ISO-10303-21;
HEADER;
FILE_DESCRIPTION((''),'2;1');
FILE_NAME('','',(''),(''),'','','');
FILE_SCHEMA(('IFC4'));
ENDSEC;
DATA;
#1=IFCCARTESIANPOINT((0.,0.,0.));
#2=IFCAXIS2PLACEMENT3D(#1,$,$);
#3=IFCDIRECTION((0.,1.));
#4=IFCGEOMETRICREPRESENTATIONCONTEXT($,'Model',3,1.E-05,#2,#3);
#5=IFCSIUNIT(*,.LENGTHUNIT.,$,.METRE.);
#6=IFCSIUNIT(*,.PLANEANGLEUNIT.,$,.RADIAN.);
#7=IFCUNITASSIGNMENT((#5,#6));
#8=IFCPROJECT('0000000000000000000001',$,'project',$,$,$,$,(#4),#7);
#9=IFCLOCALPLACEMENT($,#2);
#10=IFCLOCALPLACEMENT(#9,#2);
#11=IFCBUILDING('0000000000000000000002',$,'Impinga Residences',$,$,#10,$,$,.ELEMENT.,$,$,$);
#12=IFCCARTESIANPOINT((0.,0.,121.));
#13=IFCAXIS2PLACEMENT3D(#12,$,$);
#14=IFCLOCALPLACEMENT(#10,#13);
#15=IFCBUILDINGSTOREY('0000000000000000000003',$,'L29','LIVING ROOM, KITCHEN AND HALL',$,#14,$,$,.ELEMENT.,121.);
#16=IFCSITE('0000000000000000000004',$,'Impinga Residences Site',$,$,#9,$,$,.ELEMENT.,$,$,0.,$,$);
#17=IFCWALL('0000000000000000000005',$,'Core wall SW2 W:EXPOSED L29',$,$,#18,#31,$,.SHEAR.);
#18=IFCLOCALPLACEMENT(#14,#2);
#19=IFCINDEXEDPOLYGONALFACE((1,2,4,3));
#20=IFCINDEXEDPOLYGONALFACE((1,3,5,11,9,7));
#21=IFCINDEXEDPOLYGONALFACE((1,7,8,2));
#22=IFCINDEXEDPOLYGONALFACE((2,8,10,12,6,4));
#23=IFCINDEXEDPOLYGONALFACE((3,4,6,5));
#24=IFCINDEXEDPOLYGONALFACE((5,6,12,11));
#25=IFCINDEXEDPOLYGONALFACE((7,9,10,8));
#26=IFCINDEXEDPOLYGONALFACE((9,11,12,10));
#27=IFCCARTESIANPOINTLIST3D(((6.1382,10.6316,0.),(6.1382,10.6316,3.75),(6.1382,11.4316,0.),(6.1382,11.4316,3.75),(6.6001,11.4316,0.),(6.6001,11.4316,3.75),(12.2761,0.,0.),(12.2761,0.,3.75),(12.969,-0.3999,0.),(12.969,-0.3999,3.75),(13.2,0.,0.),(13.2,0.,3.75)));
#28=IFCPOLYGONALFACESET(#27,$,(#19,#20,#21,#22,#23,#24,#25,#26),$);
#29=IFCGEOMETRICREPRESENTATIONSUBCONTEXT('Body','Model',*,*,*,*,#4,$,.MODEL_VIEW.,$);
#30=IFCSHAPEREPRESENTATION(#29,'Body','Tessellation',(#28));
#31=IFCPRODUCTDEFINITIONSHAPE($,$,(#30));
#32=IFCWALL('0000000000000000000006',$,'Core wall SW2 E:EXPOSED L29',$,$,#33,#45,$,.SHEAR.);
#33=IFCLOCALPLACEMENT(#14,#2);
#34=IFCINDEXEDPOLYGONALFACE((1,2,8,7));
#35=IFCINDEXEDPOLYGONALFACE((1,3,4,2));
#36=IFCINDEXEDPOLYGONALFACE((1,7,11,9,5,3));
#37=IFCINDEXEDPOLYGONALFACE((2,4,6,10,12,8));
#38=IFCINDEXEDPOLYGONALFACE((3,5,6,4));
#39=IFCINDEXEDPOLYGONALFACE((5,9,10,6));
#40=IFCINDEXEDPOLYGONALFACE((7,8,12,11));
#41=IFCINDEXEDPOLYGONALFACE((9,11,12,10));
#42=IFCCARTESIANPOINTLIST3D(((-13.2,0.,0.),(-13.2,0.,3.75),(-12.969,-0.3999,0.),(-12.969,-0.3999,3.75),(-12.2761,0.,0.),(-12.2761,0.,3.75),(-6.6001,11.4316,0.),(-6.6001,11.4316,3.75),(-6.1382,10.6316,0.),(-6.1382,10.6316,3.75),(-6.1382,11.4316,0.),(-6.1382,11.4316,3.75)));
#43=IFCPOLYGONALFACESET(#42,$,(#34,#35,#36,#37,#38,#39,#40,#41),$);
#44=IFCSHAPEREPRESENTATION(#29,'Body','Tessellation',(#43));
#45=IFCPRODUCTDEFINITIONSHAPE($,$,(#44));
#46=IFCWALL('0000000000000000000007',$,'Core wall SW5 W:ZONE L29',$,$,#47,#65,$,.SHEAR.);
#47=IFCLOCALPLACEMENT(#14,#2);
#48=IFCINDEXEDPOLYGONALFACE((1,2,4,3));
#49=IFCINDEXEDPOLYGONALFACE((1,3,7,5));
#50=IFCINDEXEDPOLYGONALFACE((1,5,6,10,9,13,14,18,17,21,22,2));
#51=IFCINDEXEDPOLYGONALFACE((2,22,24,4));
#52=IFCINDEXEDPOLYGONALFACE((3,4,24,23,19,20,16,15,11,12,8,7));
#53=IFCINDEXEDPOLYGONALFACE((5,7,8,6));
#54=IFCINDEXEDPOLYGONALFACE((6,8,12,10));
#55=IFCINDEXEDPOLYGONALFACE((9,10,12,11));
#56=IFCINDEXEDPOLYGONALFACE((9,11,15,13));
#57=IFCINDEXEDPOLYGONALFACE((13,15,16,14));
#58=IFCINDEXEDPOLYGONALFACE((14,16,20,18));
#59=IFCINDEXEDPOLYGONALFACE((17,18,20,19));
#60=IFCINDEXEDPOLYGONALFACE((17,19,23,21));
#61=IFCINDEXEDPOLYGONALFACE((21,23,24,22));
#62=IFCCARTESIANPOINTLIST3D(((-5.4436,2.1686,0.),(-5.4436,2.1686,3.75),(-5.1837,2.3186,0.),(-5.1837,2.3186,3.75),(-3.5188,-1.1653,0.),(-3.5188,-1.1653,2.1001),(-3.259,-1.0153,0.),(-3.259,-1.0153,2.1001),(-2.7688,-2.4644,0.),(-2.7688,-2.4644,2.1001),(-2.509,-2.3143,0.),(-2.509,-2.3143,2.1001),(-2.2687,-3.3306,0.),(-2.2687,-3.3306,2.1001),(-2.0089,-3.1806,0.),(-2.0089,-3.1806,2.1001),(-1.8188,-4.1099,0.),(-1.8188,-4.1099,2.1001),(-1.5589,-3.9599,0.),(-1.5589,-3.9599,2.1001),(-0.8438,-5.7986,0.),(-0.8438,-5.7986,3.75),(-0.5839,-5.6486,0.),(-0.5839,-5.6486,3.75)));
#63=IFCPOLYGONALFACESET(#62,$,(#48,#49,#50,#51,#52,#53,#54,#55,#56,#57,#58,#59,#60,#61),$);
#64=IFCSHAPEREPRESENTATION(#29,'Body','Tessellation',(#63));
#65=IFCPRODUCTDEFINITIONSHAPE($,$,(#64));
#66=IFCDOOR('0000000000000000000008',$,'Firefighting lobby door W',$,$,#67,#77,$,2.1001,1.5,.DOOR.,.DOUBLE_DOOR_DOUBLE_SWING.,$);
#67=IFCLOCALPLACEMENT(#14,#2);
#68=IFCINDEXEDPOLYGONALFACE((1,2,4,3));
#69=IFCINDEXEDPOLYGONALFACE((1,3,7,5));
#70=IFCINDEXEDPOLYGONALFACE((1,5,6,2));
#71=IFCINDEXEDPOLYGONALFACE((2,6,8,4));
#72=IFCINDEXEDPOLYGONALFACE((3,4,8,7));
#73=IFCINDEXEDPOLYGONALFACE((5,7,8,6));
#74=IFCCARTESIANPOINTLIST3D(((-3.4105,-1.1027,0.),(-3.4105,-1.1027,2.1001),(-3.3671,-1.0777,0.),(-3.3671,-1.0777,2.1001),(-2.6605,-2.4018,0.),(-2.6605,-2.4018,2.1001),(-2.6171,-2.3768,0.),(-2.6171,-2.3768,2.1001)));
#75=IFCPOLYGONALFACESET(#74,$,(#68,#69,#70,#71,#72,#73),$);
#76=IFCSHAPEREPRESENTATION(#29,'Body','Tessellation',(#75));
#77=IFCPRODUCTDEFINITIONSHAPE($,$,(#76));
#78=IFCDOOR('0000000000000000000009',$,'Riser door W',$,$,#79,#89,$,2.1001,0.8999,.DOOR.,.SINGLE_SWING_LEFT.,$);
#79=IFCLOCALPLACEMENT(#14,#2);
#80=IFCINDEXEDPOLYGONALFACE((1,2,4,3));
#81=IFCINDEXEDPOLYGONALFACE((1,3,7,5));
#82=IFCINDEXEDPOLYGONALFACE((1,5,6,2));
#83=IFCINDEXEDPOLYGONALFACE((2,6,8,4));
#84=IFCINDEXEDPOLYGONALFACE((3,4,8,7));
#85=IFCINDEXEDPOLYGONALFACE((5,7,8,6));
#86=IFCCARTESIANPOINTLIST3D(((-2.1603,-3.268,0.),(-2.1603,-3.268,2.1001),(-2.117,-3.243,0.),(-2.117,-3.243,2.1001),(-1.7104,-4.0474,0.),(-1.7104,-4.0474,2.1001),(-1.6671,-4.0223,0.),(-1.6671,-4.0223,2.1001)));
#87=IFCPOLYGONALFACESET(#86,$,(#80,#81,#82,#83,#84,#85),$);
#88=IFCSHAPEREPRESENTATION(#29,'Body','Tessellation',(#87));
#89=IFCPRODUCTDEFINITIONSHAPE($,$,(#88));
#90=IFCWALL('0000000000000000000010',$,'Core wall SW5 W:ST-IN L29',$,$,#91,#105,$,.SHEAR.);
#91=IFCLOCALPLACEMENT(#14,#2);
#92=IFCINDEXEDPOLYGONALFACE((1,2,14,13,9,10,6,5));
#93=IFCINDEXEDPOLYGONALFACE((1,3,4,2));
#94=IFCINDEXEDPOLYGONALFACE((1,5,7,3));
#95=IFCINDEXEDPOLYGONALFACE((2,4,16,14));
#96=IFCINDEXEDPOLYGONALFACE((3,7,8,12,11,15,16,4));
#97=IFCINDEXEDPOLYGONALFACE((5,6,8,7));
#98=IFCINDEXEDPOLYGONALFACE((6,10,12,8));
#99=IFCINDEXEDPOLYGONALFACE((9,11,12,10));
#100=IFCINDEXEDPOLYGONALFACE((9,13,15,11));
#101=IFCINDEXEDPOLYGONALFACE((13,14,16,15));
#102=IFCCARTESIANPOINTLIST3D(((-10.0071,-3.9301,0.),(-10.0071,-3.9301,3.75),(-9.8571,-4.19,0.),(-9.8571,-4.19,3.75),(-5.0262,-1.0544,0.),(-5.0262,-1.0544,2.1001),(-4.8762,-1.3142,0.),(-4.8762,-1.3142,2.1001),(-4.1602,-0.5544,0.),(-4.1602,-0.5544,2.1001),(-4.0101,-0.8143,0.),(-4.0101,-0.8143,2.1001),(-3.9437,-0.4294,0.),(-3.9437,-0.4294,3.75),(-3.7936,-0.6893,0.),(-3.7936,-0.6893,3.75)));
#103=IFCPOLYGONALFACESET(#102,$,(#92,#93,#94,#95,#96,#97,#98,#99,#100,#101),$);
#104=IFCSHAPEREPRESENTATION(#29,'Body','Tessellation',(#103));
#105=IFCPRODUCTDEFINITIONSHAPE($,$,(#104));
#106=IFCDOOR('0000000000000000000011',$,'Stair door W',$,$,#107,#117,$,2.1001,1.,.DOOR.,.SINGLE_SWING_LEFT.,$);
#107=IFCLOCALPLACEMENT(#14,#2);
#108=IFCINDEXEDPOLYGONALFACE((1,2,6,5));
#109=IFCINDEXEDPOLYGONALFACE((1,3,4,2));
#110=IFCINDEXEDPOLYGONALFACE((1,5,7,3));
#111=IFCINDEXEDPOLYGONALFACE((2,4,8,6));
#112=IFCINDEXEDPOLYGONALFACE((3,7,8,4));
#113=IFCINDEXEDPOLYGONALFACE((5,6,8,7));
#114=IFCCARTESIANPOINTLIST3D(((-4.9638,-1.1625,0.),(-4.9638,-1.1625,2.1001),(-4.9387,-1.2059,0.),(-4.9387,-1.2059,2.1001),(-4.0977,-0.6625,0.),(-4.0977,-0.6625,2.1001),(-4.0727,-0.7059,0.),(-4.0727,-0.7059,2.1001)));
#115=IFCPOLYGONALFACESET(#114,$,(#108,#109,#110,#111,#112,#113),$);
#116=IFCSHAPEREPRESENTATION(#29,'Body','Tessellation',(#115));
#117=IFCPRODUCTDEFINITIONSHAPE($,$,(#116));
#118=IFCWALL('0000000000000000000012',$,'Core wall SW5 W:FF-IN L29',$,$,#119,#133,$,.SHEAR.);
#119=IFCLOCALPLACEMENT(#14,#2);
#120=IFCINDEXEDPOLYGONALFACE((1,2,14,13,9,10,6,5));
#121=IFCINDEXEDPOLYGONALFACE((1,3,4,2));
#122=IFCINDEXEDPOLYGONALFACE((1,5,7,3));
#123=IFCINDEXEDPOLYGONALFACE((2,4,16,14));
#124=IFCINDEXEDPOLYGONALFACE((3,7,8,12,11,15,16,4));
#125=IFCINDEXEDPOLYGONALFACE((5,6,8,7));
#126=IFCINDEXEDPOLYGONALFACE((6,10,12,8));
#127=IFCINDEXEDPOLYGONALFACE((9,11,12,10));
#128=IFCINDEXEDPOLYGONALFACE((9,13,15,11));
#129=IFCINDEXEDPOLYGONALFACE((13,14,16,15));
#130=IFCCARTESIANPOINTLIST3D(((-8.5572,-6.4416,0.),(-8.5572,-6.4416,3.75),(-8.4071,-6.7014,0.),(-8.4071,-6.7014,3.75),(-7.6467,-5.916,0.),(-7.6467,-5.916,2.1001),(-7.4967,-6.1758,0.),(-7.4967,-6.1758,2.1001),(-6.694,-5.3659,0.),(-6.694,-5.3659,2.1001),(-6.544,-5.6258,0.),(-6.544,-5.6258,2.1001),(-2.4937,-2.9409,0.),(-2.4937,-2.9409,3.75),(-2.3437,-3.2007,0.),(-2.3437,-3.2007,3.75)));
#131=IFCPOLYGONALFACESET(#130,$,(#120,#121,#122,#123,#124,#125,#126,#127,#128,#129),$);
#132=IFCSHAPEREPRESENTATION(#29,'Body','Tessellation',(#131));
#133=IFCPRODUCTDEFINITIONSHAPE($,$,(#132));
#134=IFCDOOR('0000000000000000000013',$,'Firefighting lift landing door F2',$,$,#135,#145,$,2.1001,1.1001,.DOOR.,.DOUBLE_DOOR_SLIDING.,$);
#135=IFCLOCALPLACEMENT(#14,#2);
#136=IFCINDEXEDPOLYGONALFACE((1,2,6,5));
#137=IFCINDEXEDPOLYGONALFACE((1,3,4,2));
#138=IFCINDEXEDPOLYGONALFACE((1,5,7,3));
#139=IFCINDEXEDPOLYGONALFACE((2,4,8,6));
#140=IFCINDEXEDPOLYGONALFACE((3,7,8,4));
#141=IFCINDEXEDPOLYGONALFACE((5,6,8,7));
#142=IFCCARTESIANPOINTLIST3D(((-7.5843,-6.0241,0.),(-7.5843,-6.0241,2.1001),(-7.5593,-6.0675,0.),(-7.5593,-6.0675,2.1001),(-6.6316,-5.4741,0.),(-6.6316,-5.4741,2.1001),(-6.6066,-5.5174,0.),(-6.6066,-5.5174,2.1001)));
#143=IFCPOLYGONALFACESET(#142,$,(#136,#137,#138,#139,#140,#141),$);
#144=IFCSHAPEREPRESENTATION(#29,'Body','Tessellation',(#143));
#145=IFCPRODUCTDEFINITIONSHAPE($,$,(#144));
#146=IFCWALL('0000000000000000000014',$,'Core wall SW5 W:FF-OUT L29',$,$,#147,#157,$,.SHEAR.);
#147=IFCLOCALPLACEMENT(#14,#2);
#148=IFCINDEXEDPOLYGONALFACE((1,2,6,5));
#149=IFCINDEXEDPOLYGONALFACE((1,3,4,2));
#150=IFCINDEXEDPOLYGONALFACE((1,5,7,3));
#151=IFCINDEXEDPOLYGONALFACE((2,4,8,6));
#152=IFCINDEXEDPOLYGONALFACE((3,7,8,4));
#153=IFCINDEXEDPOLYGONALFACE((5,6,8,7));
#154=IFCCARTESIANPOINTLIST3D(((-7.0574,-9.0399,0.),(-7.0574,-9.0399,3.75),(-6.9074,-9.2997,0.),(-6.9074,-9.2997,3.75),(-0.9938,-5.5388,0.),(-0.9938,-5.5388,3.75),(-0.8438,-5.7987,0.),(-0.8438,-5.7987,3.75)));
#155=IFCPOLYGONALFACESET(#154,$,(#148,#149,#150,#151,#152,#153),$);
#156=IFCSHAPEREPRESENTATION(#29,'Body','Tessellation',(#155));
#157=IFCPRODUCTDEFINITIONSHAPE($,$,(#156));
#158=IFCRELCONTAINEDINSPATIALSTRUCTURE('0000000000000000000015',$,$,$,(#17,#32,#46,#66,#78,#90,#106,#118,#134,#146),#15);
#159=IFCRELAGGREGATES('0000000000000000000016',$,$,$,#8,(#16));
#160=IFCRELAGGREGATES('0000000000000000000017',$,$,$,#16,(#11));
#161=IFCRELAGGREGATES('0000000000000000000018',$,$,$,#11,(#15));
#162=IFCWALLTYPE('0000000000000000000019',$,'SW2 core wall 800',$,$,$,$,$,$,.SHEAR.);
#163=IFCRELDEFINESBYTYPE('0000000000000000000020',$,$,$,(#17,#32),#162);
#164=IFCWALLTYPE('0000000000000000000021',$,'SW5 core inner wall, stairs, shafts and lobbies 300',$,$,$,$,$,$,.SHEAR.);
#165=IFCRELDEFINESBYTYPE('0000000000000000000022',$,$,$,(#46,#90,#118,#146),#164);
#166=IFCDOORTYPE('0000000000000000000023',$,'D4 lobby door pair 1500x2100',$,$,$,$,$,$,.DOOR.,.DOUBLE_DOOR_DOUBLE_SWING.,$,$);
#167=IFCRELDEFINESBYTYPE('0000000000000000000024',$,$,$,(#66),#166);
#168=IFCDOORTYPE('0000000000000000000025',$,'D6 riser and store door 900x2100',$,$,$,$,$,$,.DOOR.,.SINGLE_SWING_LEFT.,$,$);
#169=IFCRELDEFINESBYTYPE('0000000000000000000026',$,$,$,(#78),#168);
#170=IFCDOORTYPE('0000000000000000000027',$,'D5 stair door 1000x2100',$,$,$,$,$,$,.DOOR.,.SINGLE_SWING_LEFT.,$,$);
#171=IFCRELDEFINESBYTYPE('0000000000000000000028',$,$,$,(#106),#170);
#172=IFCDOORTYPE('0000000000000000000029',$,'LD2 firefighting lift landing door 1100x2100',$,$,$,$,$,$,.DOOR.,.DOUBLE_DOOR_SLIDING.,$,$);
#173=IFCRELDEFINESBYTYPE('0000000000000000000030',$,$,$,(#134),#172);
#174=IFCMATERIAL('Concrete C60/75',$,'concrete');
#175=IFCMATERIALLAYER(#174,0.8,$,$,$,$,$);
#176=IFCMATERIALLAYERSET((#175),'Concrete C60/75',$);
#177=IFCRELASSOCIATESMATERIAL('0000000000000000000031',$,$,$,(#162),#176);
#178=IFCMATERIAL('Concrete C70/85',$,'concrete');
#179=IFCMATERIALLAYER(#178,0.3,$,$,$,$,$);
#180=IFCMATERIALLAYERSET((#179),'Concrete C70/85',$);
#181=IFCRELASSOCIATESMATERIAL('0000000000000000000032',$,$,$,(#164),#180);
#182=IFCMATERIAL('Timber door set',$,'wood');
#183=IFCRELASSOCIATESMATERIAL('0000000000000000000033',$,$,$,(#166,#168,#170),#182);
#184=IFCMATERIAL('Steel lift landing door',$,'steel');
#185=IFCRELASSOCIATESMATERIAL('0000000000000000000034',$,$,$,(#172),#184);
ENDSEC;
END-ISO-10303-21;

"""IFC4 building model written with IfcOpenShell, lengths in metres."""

from ifc_helpers import new_model, si_unit, direction, frame, frame_2d, origin, place, context, subcontext, project, spatial, polyline, rectangle, outline, extrude, material, layer, layer_set, type_object, element, fill, save


model = new_model("IFC4")

# Units and contexts
model_context = context("Model", 3, precision=1e-05, world=origin(), true_north=direction((0.0, 1.0)))
body_context = subcontext(model_context, "Body", "Model", "MODEL_VIEW")
ifc_project = project(units=[si_unit("LENGTHUNIT", "METRE"), si_unit("PLANEANGLEUNIT", "RADIAN")], contexts=[model_context])

# Site, building, storey
site_placement = place(None, origin())
site = spatial("IfcSite", under=ifc_project, at=site_placement, Name="Impinga Residences Site", CompositionType="ELEMENT", RefElevation=0.0)
building_placement = place(site_placement, origin())
building = spatial("IfcBuilding", under=site, at=building_placement, Name="Impinga Residences", CompositionType="ELEMENT")
storey_placement = place(building_placement, frame((0.0, 0.0, 121.0)))
storey = spatial("IfcBuildingStorey", under=building, at=storey_placement, Name="L29", Description="LIVING ROOM, KITCHEN AND HALL", CompositionType="ELEMENT", Elevation=121.0)

# Shared definitions
ifc_material_1 = material(Name="Concrete C60/75", Category="concrete")

# Walls
ifc_layer_1 = layer(ifc_material_1, 0.8)
ifc_layer_set_1 = layer_set([ifc_layer_1], Name="Concrete C60/75")
wall_type_1 = type_object("IfcWallType", Name="SW2 core wall 800", PredefinedType="SHEAR", material=ifc_layer_set_1)
wall_1_placement = place(storey_placement, origin())
element("IfcWall", 1, at=wall_1_placement, inside=storey, type_object=wall_type_1, Name="Core wall SW2 W:EXPOSED L29", PredefinedType="SHEAR", context=body_context, shape_type="SweptSolid", body=[
    extrude(outline(polyline([(13.2, 0.0), (6.6001, 11.4316), (6.1382, 11.4316), (6.1382, 10.6316), (12.2761, 0.0), (12.969, -0.3999), (13.2, 0.0)])), origin(), (0.0, 0.0, 1.0), 3.75),
])
wall_2_placement = place(storey_placement, origin())
element("IfcWall", 2, at=wall_2_placement, inside=storey, type_object=wall_type_1, Name="Core wall SW2 E:EXPOSED L29", PredefinedType="SHEAR", context=body_context, shape_type="SweptSolid", body=[
    extrude(outline(polyline([(-6.6001, 11.4316), (-13.2, 0.0), (-12.969, -0.3999), (-12.2761, 0.0), (-6.1382, 10.6316), (-6.1382, 11.4316), (-6.6001, 11.4316)])), origin(), (0.0, 0.0, 1.0), 3.75),
])

# Wall, openings, doors
ifc_material_2 = material(Name="Concrete C70/85", Category="concrete")
ifc_layer_2 = layer(ifc_material_2, 0.3)
ifc_layer_set_2 = layer_set([ifc_layer_2], Name="Concrete C70/85")
wall_type_2 = type_object("IfcWallType", Name="SW5 core inner wall, stairs, shafts and lobbies 300", PredefinedType="SHEAR", material=ifc_layer_set_2)
wall_3_placement = place(storey_placement, frame((-0.7139, -5.7236, 0.0), z_axis=(0.0, 0.0, 1.0), x_axis=(-0.499995, 0.866028, 0.0)))
wall_3 = element("IfcWall", 3, at=wall_3_placement, inside=storey, type_object=wall_type_2, Name="Core wall SW5 W:ZONE L29", PredefinedType="SHEAR", context=body_context, shape_type="SweptSolid", body=[
    extrude(rectangle(XDim=9.1997, YDim=0.3, at=frame_2d((4.5999, 0.0))), origin(), (0.0, 0.0, 1.0), 3.75),
])
opening_1_placement = place(wall_3_placement, frame((3.8501, 0.0, 0.0)))
opening_1 = element("IfcOpeningElement", 4, at=opening_1_placement, cuts=wall_3, PredefinedType="OPENING", context=body_context, shape_type="SweptSolid", body=[
    extrude(rectangle(XDim=1.5, YDim=2.1001, at=frame_2d((0.75, 1.05))), frame((0.0, 0.1599, 0.0), z_axis=(0.0, -1.0, 0.0), x_axis=(1.0, 0.0, 0.0)), (0.0, 0.0, 1.0), 0.3201),
])
opening_2_placement = place(wall_3_placement, frame((1.95, 0.0, 0.0)))
opening_2 = element("IfcOpeningElement", 5, at=opening_2_placement, cuts=wall_3, PredefinedType="OPENING", context=body_context, shape_type="SweptSolid", body=[
    extrude(rectangle(XDim=0.8999, YDim=2.1001, at=frame_2d((0.45, 1.05))), frame((0.0, 0.1599, 0.0), z_axis=(0.0, -1.0, 0.0), x_axis=(1.0, 0.0, 0.0)), (0.0, 0.0, 1.0), 0.3201),
])
ifc_material_3 = material(Name="Timber door set", Category="wood")
door_type_1 = type_object("IfcDoorType", Name="D4 lobby door pair 1500x2100", OperationType="DOUBLE_DOOR_DOUBLE_SWING", PredefinedType="DOOR", material=ifc_material_3)
door_1_placement = place(opening_1_placement, origin())
door_1 = element("IfcDoor", 6, at=door_1_placement, inside=storey, type_object=door_type_1, Name="Firefighting lobby door W", OperationType="DOUBLE_DOOR_DOUBLE_SWING", OverallHeight=2.1001, OverallWidth=1.5, PredefinedType="DOOR", context=body_context, shape_type="SweptSolid", body=[
    extrude(rectangle(XDim=1.5, YDim=2.1001, at=frame_2d((0.75, 1.05))), frame((0.0, 0.0249, 0.0), z_axis=(0.0, -1.0, 0.0), x_axis=(1.0, 0.0, 0.0)), (0.0, 0.0, 1.0), 0.05),
])
fill(opening_1, door_1)
door_type_2 = type_object("IfcDoorType", Name="D6 riser and store door 900x2100", OperationType="SINGLE_SWING_LEFT", PredefinedType="DOOR", material=ifc_material_3)
door_2_placement = place(opening_2_placement, origin())
door_2 = element("IfcDoor", 7, at=door_2_placement, inside=storey, type_object=door_type_2, Name="Riser door W", OperationType="SINGLE_SWING_LEFT", OverallHeight=2.1001, OverallWidth=0.8999, PredefinedType="DOOR", context=body_context, shape_type="SweptSolid", body=[
    extrude(rectangle(XDim=0.8999, YDim=2.1001, at=frame_2d((0.45, 1.05))), frame((0.0, 0.0249, 0.0), z_axis=(0.0, -1.0, 0.0), x_axis=(1.0, 0.0, 0.0)), (0.0, 0.0, 1.0), 0.05),
])
fill(opening_2, door_2)

# Walls, openings, doors
wall_4_placement = place(storey_placement, frame((-3.8687, -0.5593, 0.0), z_axis=(0.0, 0.0, 1.0), x_axis=(-0.866026, -0.499998, 0.0)))
wall_4 = element("IfcWall", 8, at=wall_4_placement, inside=storey, type_object=wall_type_2, Name="Core wall SW5 W:ST-IN L29", PredefinedType="SHEAR", context=body_context, shape_type="SweptSolid", body=[
    extrude(rectangle(XDim=7.0015, YDim=0.3, at=frame_2d((3.5007, 0.0))), origin(), (0.0, 0.0, 1.0), 3.75),
])
opening_3_placement = place(wall_4_placement, frame((0.25, 0.0, 0.0)))
opening_3 = element("IfcOpeningElement", 9, at=opening_3_placement, cuts=wall_4, PredefinedType="OPENING", context=body_context, shape_type="SweptSolid", body=[
    extrude(rectangle(XDim=1.0, YDim=2.1001, at=frame_2d((0.5, 1.05))), frame((0.0, 0.1599, 0.0), z_axis=(0.0, -1.0, 0.0), x_axis=(1.0, 0.0, 0.0)), (0.0, 0.0, 1.0), 0.3201),
])
door_type_3 = type_object("IfcDoorType", Name="D5 stair door 1000x2100", OperationType="SINGLE_SWING_LEFT", PredefinedType="DOOR", material=ifc_material_3)
door_3_placement = place(opening_3_placement, origin())
door_3 = element("IfcDoor", 10, at=door_3_placement, inside=storey, type_object=door_type_3, Name="Stair door W", OperationType="SINGLE_SWING_LEFT", OverallHeight=2.1001, OverallWidth=1.0, PredefinedType="DOOR", context=body_context, shape_type="SweptSolid", body=[
    extrude(rectangle(XDim=1.0, YDim=2.1001, at=frame_2d((0.5, 1.05))), frame((0.0, 0.0249, 0.0), z_axis=(0.0, -1.0, 0.0), x_axis=(1.0, 0.0, 0.0)), (0.0, 0.0, 1.0), 0.05),
])
fill(opening_3, door_3)
wall_5_placement = place(storey_placement, frame((-2.4187, -3.0708, 0.0), z_axis=(0.0, 0.0, 1.0), x_axis=(-0.866026, -0.499998, 0.0)))
wall_5 = element("IfcWall", 11, at=wall_5_placement, inside=storey, type_object=wall_type_2, Name="Core wall SW5 W:FF-IN L29", PredefinedType="SHEAR", context=body_context, shape_type="SweptSolid", body=[
    extrude(rectangle(XDim=7.0015, YDim=0.3, at=frame_2d((3.5007, 0.0))), origin(), (0.0, 0.0, 1.0), 3.75),
])
opening_4_placement = place(wall_5_placement, frame((4.8501, 0.0, 0.0)))
opening_4 = element("IfcOpeningElement", 12, at=opening_4_placement, cuts=wall_5, PredefinedType="OPENING", context=body_context, shape_type="SweptSolid", body=[
    extrude(rectangle(XDim=1.1001, YDim=2.1001, at=frame_2d((0.55, 1.05))), frame((0.0, 0.1599, 0.0), z_axis=(0.0, -1.0, 0.0), x_axis=(1.0, 0.0, 0.0)), (0.0, 0.0, 1.0), 0.3201),
])
ifc_material_4 = material(Name="Steel lift landing door", Category="steel")
door_type_4 = type_object("IfcDoorType", Name="LD2 firefighting lift landing door 1100x2100", OperationType="DOUBLE_DOOR_SLIDING", PredefinedType="DOOR", material=ifc_material_4)
door_4_placement = place(opening_4_placement, origin())
door_4 = element("IfcDoor", 13, at=door_4_placement, inside=storey, type_object=door_type_4, Name="Firefighting lift landing door F2", OperationType="DOUBLE_DOOR_SLIDING", OverallHeight=2.1001, OverallWidth=1.1001, PredefinedType="DOOR", context=body_context, shape_type="SweptSolid", body=[
    extrude(rectangle(XDim=1.1001, YDim=2.1001, at=frame_2d((0.55, 1.05))), frame((0.0, 0.0249, 0.0), z_axis=(0.0, -1.0, 0.0), x_axis=(1.0, 0.0, 0.0)), (0.0, 0.0, 1.0), 0.05),
])
fill(opening_4, door_4)

# Wall
wall_6_placement = place(storey_placement, frame((-0.9187, -5.6687, 0.0), z_axis=(0.0, 0.0, 1.0), x_axis=(-0.866011, -0.500024, 0.0)))
element("IfcWall", 14, at=wall_6_placement, inside=storey, type_object=wall_type_2, Name="Core wall SW5 W:FF-OUT L29", PredefinedType="SHEAR", context=body_context, shape_type="SweptSolid", body=[
    extrude(rectangle(XDim=7.0017, YDim=0.3, at=frame_2d((3.501, 0.0))), origin(), (0.0, 0.0, 1.0), 3.75),
])

save(model, "model.ifc")
